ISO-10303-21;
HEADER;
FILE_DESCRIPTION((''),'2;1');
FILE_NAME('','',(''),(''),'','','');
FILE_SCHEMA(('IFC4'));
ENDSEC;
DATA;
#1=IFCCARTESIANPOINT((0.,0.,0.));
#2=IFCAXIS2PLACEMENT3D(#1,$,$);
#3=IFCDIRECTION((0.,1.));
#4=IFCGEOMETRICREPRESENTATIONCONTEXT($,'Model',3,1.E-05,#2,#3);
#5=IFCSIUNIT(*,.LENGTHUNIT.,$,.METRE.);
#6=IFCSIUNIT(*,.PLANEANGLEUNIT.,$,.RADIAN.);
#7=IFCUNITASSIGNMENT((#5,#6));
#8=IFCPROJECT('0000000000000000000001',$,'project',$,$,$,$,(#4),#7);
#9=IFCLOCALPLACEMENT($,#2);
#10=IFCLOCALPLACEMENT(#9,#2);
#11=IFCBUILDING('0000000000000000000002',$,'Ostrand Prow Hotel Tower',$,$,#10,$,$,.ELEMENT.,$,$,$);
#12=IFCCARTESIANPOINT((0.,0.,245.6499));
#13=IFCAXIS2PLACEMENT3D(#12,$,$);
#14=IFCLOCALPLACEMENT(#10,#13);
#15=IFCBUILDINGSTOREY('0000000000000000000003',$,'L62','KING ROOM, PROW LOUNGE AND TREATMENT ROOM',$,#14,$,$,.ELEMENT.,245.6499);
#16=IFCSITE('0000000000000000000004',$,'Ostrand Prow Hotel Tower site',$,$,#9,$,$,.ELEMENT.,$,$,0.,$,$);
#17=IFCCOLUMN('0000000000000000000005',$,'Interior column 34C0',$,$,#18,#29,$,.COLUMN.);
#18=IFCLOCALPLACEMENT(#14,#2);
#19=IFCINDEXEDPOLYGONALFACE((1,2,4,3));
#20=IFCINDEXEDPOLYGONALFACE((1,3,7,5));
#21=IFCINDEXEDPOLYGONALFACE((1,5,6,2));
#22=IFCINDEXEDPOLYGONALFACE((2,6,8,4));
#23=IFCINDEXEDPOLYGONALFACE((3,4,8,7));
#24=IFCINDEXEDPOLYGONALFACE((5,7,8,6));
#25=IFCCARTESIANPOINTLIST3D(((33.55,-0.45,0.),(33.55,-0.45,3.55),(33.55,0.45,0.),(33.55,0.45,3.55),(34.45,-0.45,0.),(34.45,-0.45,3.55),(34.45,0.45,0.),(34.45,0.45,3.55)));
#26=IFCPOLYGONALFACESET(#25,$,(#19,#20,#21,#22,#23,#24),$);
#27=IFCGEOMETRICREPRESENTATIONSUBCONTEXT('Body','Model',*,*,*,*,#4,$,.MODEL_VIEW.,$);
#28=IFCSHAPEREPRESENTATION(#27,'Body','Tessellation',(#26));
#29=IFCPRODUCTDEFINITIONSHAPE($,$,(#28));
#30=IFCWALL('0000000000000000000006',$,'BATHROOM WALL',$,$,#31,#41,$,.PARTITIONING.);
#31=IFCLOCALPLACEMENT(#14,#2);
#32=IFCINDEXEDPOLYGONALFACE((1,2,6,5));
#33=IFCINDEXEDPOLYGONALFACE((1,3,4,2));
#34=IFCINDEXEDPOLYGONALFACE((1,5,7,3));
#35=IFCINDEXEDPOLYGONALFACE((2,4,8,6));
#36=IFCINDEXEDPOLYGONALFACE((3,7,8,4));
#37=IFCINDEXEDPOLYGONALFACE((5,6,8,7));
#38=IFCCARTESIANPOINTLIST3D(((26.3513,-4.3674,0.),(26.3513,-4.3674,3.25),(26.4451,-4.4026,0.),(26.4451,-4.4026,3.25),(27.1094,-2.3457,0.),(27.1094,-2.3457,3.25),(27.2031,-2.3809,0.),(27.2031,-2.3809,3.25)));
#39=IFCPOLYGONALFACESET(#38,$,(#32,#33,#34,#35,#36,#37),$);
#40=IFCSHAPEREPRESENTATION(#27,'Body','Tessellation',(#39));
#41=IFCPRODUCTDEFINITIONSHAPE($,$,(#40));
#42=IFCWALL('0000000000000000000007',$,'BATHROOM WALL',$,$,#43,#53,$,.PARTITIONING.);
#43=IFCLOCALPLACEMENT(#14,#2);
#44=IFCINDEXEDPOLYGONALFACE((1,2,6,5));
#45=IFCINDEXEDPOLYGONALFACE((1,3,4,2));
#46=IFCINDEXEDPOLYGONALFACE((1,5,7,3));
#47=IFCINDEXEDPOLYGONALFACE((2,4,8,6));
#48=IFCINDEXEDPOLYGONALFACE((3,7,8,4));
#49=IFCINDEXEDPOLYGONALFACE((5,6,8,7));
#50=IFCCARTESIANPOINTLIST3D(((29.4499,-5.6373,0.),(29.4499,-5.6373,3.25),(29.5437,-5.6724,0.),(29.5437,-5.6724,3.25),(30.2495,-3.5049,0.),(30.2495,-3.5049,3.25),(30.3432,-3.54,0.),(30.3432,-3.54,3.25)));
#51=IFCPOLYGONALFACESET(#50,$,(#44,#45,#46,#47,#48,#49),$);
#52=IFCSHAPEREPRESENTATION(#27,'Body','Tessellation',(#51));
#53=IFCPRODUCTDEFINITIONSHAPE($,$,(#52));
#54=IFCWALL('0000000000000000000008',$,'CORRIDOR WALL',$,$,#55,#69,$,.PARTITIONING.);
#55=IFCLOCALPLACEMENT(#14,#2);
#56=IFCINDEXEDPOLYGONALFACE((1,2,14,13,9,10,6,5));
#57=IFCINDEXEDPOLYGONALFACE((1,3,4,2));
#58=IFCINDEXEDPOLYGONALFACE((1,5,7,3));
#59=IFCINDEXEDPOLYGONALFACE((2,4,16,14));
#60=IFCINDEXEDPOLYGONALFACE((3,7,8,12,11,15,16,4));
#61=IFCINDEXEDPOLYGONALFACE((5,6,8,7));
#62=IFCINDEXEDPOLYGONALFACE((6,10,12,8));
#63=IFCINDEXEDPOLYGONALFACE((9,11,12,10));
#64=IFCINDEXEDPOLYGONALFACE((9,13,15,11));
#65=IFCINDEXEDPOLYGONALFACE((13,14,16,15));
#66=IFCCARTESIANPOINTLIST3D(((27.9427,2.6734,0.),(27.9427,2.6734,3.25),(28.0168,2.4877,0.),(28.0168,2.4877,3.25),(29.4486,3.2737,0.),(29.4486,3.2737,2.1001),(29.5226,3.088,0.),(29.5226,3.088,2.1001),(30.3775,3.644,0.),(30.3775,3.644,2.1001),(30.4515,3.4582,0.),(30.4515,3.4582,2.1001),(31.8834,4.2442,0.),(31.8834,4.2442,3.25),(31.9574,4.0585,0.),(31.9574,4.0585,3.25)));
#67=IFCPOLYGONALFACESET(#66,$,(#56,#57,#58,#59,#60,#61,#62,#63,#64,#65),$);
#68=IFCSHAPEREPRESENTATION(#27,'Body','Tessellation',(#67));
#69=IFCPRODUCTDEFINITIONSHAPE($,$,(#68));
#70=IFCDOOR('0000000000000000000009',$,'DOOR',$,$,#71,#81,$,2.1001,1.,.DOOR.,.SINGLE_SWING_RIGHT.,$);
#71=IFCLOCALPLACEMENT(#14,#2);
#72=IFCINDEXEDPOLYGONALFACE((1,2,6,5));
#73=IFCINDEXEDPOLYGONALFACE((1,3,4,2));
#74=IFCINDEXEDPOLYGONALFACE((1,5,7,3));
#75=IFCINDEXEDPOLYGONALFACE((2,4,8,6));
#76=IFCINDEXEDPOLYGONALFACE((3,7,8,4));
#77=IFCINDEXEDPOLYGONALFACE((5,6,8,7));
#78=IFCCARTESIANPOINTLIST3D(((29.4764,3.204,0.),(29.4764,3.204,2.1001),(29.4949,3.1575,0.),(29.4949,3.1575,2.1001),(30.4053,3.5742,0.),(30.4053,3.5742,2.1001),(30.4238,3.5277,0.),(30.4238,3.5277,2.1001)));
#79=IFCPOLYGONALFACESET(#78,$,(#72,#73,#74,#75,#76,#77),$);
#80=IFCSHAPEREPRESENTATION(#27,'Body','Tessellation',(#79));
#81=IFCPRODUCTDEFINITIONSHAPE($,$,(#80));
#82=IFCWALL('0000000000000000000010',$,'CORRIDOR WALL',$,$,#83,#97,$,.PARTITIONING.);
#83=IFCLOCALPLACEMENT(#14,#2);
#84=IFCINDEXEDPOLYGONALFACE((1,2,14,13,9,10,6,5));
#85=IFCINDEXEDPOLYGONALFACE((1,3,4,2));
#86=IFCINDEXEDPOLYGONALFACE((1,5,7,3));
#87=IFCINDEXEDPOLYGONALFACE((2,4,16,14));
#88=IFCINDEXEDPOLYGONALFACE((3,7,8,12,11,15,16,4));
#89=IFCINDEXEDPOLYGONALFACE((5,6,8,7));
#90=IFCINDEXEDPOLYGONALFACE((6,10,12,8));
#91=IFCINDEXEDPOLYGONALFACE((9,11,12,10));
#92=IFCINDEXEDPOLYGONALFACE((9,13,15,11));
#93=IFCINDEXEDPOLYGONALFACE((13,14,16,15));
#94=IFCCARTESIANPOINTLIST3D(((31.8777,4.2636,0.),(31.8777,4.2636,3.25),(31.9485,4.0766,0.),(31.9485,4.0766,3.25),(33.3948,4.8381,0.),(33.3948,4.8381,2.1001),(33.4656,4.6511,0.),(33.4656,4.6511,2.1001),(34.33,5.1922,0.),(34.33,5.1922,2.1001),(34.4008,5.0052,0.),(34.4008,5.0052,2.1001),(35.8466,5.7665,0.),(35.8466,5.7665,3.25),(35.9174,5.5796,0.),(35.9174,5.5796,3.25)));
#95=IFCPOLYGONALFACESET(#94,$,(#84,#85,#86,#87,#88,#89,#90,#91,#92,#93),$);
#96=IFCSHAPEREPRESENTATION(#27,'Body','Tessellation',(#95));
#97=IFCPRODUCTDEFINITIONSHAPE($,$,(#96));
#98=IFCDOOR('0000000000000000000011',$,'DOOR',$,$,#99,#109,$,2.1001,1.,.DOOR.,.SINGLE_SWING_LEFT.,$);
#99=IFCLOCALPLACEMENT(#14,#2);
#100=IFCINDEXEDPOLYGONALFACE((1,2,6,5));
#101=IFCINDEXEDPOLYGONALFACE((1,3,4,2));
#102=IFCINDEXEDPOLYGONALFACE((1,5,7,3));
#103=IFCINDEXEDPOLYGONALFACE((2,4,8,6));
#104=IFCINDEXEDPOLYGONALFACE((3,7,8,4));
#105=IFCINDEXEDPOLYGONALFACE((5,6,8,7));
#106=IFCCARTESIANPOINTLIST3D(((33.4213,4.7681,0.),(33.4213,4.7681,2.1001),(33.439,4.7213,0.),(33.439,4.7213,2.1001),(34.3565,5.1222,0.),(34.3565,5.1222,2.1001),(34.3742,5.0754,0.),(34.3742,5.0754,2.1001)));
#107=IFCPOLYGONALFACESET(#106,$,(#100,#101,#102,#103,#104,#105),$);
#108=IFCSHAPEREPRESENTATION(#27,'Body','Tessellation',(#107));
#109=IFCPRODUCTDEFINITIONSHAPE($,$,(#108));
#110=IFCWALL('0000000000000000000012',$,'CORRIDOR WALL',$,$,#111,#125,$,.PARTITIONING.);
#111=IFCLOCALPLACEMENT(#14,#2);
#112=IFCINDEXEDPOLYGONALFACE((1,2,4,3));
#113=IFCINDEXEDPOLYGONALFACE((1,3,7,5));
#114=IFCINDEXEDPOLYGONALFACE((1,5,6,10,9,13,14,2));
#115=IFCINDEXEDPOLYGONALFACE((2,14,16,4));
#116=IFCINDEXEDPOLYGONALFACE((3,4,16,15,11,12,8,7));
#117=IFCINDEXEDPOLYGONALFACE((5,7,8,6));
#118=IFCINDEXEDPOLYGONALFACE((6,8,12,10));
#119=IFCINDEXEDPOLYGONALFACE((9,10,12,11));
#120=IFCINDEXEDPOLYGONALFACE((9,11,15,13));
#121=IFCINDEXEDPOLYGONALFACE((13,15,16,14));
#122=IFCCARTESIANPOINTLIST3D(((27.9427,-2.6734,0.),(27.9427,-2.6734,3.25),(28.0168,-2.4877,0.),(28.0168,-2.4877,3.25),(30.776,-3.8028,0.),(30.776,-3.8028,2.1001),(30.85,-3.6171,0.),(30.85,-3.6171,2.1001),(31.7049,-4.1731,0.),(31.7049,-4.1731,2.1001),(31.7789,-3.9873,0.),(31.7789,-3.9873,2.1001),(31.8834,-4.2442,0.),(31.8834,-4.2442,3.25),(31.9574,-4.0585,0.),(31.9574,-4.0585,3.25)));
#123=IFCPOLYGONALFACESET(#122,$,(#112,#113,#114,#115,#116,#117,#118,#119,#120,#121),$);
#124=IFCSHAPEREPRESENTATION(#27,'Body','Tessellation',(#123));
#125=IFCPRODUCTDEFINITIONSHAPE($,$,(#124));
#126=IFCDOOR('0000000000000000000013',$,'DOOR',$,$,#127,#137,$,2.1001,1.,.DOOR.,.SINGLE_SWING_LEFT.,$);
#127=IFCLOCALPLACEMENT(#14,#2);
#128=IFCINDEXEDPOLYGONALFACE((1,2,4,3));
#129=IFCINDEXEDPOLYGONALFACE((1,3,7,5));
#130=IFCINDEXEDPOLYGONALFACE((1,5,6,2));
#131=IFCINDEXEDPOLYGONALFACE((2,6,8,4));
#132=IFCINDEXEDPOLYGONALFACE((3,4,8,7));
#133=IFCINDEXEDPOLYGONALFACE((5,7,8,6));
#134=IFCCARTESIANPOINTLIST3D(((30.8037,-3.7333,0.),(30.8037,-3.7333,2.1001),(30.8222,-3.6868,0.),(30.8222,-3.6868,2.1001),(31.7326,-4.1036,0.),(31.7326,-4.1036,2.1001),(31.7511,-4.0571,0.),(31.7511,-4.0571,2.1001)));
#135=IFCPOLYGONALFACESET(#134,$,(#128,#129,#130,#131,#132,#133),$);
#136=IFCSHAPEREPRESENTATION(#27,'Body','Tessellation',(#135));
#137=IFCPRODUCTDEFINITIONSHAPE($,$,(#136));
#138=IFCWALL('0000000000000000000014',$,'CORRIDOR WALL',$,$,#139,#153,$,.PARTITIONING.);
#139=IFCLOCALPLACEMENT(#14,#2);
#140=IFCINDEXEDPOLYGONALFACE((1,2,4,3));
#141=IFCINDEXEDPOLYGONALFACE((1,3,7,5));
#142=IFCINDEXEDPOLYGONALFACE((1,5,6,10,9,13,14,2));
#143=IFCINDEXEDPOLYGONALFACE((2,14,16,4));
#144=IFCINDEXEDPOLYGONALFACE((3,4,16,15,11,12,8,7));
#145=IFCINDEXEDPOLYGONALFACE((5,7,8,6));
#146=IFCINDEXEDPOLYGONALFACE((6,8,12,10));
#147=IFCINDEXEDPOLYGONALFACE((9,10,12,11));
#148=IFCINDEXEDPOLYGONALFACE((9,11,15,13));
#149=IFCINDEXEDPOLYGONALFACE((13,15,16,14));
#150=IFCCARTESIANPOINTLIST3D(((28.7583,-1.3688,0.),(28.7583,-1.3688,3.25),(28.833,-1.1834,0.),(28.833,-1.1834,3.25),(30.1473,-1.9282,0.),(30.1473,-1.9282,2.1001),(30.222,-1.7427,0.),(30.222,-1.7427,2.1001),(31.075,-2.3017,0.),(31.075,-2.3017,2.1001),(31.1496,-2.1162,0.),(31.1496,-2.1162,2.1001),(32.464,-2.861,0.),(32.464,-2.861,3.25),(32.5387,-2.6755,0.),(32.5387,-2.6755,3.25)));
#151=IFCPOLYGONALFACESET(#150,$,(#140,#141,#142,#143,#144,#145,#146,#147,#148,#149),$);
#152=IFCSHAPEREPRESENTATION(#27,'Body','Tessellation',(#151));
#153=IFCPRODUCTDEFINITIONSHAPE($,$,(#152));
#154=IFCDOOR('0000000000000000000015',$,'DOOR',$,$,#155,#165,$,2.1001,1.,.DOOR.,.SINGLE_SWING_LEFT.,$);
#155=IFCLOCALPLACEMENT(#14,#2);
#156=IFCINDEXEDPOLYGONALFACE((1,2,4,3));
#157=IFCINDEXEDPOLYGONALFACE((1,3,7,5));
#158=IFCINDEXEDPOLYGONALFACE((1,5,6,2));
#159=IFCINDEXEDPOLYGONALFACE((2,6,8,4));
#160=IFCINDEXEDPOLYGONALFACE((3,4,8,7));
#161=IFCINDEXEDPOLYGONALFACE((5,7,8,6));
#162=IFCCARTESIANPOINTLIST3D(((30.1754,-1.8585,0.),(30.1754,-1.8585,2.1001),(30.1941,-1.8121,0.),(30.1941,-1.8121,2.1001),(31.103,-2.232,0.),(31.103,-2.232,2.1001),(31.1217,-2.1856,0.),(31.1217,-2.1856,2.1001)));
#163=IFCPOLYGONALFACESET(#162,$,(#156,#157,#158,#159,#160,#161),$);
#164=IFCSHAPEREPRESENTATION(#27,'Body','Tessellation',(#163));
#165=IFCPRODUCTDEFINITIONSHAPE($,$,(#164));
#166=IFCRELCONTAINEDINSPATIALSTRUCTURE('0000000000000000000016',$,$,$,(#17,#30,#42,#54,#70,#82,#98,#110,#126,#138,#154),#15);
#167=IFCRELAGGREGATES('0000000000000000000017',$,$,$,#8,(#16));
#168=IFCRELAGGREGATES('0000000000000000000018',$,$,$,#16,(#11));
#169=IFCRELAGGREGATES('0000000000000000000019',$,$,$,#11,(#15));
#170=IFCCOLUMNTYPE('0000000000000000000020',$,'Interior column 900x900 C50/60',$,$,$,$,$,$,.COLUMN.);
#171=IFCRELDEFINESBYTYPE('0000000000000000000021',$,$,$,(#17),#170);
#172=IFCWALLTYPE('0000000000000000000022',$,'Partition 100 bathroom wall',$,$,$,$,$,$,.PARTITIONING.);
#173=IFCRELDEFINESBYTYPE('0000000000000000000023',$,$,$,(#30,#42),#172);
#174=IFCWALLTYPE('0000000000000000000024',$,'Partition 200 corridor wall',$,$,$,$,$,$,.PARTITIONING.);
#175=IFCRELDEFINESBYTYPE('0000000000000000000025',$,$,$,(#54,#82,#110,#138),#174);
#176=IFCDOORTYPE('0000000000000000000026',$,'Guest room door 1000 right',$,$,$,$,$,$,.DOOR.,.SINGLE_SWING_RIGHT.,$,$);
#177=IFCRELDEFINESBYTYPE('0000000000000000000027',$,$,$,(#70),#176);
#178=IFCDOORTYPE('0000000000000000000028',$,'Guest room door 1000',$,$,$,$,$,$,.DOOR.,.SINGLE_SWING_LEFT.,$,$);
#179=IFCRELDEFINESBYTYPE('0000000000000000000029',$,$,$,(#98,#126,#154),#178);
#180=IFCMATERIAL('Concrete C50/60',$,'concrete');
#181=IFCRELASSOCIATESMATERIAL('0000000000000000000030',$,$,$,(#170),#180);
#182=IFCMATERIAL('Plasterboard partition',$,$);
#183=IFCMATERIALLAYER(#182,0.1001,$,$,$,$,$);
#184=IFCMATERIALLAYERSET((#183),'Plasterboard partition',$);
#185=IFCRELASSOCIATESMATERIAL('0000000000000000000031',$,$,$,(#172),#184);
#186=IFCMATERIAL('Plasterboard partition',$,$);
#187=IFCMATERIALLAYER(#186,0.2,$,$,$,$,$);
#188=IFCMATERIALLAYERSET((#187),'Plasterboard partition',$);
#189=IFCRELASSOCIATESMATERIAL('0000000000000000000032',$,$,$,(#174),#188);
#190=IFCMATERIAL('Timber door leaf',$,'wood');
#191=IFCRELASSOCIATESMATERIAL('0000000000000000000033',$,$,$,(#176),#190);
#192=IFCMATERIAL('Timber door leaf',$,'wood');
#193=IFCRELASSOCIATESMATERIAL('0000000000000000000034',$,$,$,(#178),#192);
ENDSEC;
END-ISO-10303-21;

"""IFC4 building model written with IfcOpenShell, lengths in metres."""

from ifc_helpers import new_model, si_unit, direction, frame, frame_2d, origin, origin_2d, place, context, subcontext, project, spatial, rectangle, extrude, material, layer, layer_set, material_profile, profile_set, type_object, element, fill, save


model = new_model("IFC4")

# Units and contexts
model_context = context("Model", 3, precision=1e-05, world=origin(), true_north=direction((0.0, 1.0)))
body_context = subcontext(model_context, "Body", "Model", "MODEL_VIEW")
ifc_project = project(units=[si_unit("LENGTHUNIT", "METRE"), si_unit("PLANEANGLEUNIT", "RADIAN")], contexts=[model_context])

# Site, building, storey
site_placement = place(None, origin())
site = spatial("IfcSite", under=ifc_project, at=site_placement, Name="Ostrand Prow Hotel Tower site", CompositionType="ELEMENT", RefElevation=0.0)
building_placement = place(site_placement, origin())
building = spatial("IfcBuilding", under=site, at=building_placement, Name="Ostrand Prow Hotel Tower", CompositionType="ELEMENT")
storey_placement = place(building_placement, frame((0.0, 0.0, 245.6499)))
storey = spatial("IfcBuildingStorey", under=building, at=storey_placement, Name="L62", Description="KING ROOM, PROW LOUNGE AND TREATMENT ROOM", CompositionType="ELEMENT", Elevation=245.6499)

# Column
ifc_material_1 = material(Name="Concrete C50/60", Category="concrete")
ifc_material_profile = material_profile(ifc_material_1, rectangle(XDim=0.8999, YDim=0.8999, at=origin_2d()), Name="RC 900x900")
ifc_profile_set = profile_set([ifc_material_profile], Name="Concrete C50/60")
column_type = type_object("IfcColumnType", Name="Interior column 900x900 C50/60", PredefinedType="COLUMN", material=ifc_profile_set)
column_placement = place(storey_placement, frame((34.0, 0.0, 0.0), z_axis=(0.0, 0.0, 1.0), x_axis=(1.0, 0.0, 0.0)))
element("IfcColumn", 1, at=column_placement, inside=storey, type_object=column_type, Name="Interior column 34C0", PredefinedType="COLUMN", context=body_context, shape_type="SweptSolid", body=[
    extrude(rectangle(XDim=0.8999, YDim=0.8999, at=origin_2d()), origin(), (0.0, 0.0, 1.0), 3.55),
])

# Walls
ifc_material_2 = material(Name="Plasterboard partition")
ifc_layer_1 = layer(ifc_material_2, 0.1001)
ifc_layer_set_1 = layer_set([ifc_layer_1], Name="Plasterboard partition")
wall_type_1 = type_object("IfcWallType", Name="Partition 100 bathroom wall", PredefinedType="PARTITIONING", material=ifc_layer_set_1)
wall_1_placement = place(storey_placement, frame((27.1562, -2.3633, 0.0), z_axis=(0.0, 0.0, 1.0), x_axis=(-0.351086, -0.936343, 0.0)))
element("IfcWall", 2, at=wall_1_placement, inside=storey, type_object=wall_type_1, Name="BATHROOM WALL", PredefinedType="PARTITIONING", context=body_context, shape_type="SweptSolid", body=[
    extrude(rectangle(XDim=2.1592, YDim=0.1001, at=frame_2d((1.0796, 0.0))), origin(), (0.0, 0.0, 1.0), 3.25),
])
wall_2_placement = place(storey_placement, frame((30.2964, -3.5225, 0.0), z_axis=(0.0, 0.0, 1.0), x_axis=(-0.3511, -0.936338, 0.0)))
element("IfcWall", 3, at=wall_2_placement, inside=storey, type_object=wall_type_1, Name="BATHROOM WALL", PredefinedType="PARTITIONING", context=body_context, shape_type="SweptSolid", body=[
    extrude(rectangle(XDim=2.2773, YDim=0.1001, at=frame_2d((1.1387, 0.0))), origin(), (0.0, 0.0, 1.0), 3.25),
])

# Walls, openings, doors
ifc_material_3 = material(Name="Plasterboard partition")
ifc_layer_2 = layer(ifc_material_3, 0.2)
ifc_layer_set_2 = layer_set([ifc_layer_2], Name="Plasterboard partition")
wall_type_2 = type_object("IfcWallType", Name="Partition 200 corridor wall", PredefinedType="PARTITIONING", material=ifc_layer_set_2)
wall_3_placement = place(storey_placement, frame((27.9797, 2.5806, 0.0), z_axis=(0.0, 0.0, 1.0), x_axis=(0.928921, 0.370279, 0.0)))
wall_3 = element("IfcWall", 4, at=wall_3_placement, inside=storey, type_object=wall_type_2, Name="CORRIDOR WALL", PredefinedType="PARTITIONING", context=body_context, shape_type="SweptSolid", body=[
    extrude(rectangle(XDim=4.2422, YDim=0.2, at=frame_2d((2.1211, 0.0))), origin(), (0.0, 0.0, 1.0), 3.25),
])
opening_1_placement = place(wall_3_placement, frame((1.6211, 0.0, 0.0)))
opening_1 = element("IfcOpeningElement", 5, at=opening_1_placement, cuts=wall_3, PredefinedType="OPENING", context=body_context, shape_type="SweptSolid", body=[
    extrude(rectangle(XDim=1.0, YDim=2.1001, at=frame_2d((0.5, 1.05))), frame((0.0, 0.1099, 0.0), z_axis=(0.0, -1.0, 0.0), x_axis=(1.0, 0.0, 0.0)), (0.0, 0.0, 1.0), 0.22),
])
ifc_material_4 = material(Name="Timber door leaf", Category="wood")
door_type_1 = type_object("IfcDoorType", Name="Guest room door 1000 right", OperationType="SINGLE_SWING_RIGHT", PredefinedType="DOOR", material=ifc_material_4)
door_1_placement = place(opening_1_placement, origin())
door_1 = element("IfcDoor", 6, at=door_1_placement, inside=storey, type_object=door_type_1, Name="DOOR", OperationType="SINGLE_SWING_RIGHT", OverallHeight=2.1001, OverallWidth=1.0, PredefinedType="DOOR", context=body_context, shape_type="SweptSolid", body=[
    extrude(rectangle(XDim=1.0, YDim=2.1001, at=frame_2d((0.5, 1.05))), frame((0.0, 0.0249, 0.0), z_axis=(0.0, -1.0, 0.0), x_axis=(1.0, 0.0, 0.0)), (0.0, 0.0, 1.0), 0.05),
])
fill(opening_1, door_1)
wall_4_placement = place(storey_placement, frame((35.8821, 5.6731, 0.0), z_axis=(0.0, 0.0, 1.0), x_axis=(-0.935189, -0.354148, 0.0)))
wall_4 = element("IfcWall", 7, at=wall_4_placement, inside=storey, type_object=wall_type_2, Name="CORRIDOR WALL", PredefinedType="PARTITIONING", context=body_context, shape_type="SweptSolid", body=[
    extrude(rectangle(XDim=4.2439, YDim=0.2, at=frame_2d((2.1221, 0.0))), origin(), (0.0, 0.0, 1.0), 3.25),
])
opening_2_placement = place(wall_4_placement, frame((1.6218, 0.0, 0.0)))
opening_2 = element("IfcOpeningElement", 8, at=opening_2_placement, cuts=wall_4, PredefinedType="OPENING", context=body_context, shape_type="SweptSolid", body=[
    extrude(rectangle(XDim=1.0, YDim=2.1001, at=frame_2d((0.5, 1.05))), frame((0.0, 0.1099, 0.0), z_axis=(0.0, -1.0, 0.0), x_axis=(1.0, 0.0, 0.0)), (0.0, 0.0, 1.0), 0.22),
])
ifc_material_5 = material(Name="Timber door leaf", Category="wood")
door_type_2 = type_object("IfcDoorType", Name="Guest room door 1000", OperationType="SINGLE_SWING_LEFT", PredefinedType="DOOR", material=ifc_material_5)
door_2_placement = place(opening_2_placement, origin())
door_2 = element("IfcDoor", 9, at=door_2_placement, inside=storey, type_object=door_type_2, Name="DOOR", OperationType="SINGLE_SWING_LEFT", OverallHeight=2.1001, OverallWidth=1.0, PredefinedType="DOOR", context=body_context, shape_type="SweptSolid", body=[
    extrude(rectangle(XDim=1.0, YDim=2.1001, at=frame_2d((0.5, 1.05))), frame((0.0, 0.0249, 0.0), z_axis=(0.0, -1.0, 0.0), x_axis=(1.0, 0.0, 0.0)), (0.0, 0.0, 1.0), 0.05),
])
fill(opening_2, door_2)
wall_5_placement = place(storey_placement, frame((27.9797, -2.5806, 0.0), z_axis=(0.0, 0.0, 1.0), x_axis=(0.928921, -0.370279, 0.0)))
wall_5 = element("IfcWall", 10, at=wall_5_placement, inside=storey, type_object=wall_type_2, Name="CORRIDOR WALL", PredefinedType="PARTITIONING", context=body_context, shape_type="SweptSolid", body=[
    extrude(rectangle(XDim=4.2422, YDim=0.2, at=frame_2d((2.1211, 0.0))), origin(), (0.0, 0.0, 1.0), 3.25),
])
opening_3_placement = place(wall_5_placement, frame((3.05, 0.0, 0.0)))
opening_3 = element("IfcOpeningElement", 11, at=opening_3_placement, cuts=wall_5, PredefinedType="OPENING", context=body_context, shape_type="SweptSolid", body=[
    extrude(rectangle(XDim=1.0, YDim=2.1001, at=frame_2d((0.5, 1.05))), frame((0.0, 0.1099, 0.0), z_axis=(0.0, -1.0, 0.0), x_axis=(1.0, 0.0, 0.0)), (0.0, 0.0, 1.0), 0.22),
])
door_3_placement = place(opening_3_placement, origin())
door_3 = element("IfcDoor", 12, at=door_3_placement, inside=storey, type_object=door_type_2, Name="DOOR", OperationType="SINGLE_SWING_LEFT", OverallHeight=2.1001, OverallWidth=1.0, PredefinedType="DOOR", context=body_context, shape_type="SweptSolid", body=[
    extrude(rectangle(XDim=1.0, YDim=2.1001, at=frame_2d((0.5, 1.05))), frame((0.0, 0.0249, 0.0), z_axis=(0.0, -1.0, 0.0), x_axis=(1.0, 0.0, 0.0)), (0.0, 0.0, 1.0), 0.05),
])
fill(opening_3, door_3)
wall_6_placement = place(storey_placement, frame((32.5015, -2.7683, 0.0), z_axis=(0.0, 0.0, 1.0), x_axis=(-0.927623, 0.373518, 0.0)))
wall_6 = element("IfcWall", 13, at=wall_6_placement, inside=storey, type_object=wall_type_2, Name="CORRIDOR WALL", PredefinedType="PARTITIONING", context=body_context, shape_type="SweptSolid", body=[
    extrude(rectangle(XDim=3.9949, YDim=0.2, at=frame_2d((1.9976, 0.0))), origin(), (0.0, 0.0, 1.0), 3.25),
])
opening_4_placement = place(wall_6_placement, frame((1.4976, 0.0, 0.0)))
opening_4 = element("IfcOpeningElement", 14, at=opening_4_placement, cuts=wall_6, PredefinedType="OPENING", context=body_context, shape_type="SweptSolid", body=[
    extrude(rectangle(XDim=1.0, YDim=2.1001, at=frame_2d((0.5, 1.05))), frame((0.0, 0.1099, 0.0), z_axis=(0.0, -1.0, 0.0), x_axis=(1.0, 0.0, 0.0)), (0.0, 0.0, 1.0), 0.22),
])
door_4_placement = place(opening_4_placement, origin())
door_4 = element("IfcDoor", 15, at=door_4_placement, inside=storey, type_object=door_type_2, Name="DOOR", OperationType="SINGLE_SWING_LEFT", OverallHeight=2.1001, OverallWidth=1.0, PredefinedType="DOOR", context=body_context, shape_type="SweptSolid", body=[
    extrude(rectangle(XDim=1.0, YDim=2.1001, at=frame_2d((0.5, 1.05))), frame((0.0, 0.0249, 0.0), z_axis=(0.0, -1.0, 0.0), x_axis=(1.0, 0.0, 0.0)), (0.0, 0.0, 1.0), 0.05),
])
fill(opening_4, door_4)

save(model, "model.ifc")
